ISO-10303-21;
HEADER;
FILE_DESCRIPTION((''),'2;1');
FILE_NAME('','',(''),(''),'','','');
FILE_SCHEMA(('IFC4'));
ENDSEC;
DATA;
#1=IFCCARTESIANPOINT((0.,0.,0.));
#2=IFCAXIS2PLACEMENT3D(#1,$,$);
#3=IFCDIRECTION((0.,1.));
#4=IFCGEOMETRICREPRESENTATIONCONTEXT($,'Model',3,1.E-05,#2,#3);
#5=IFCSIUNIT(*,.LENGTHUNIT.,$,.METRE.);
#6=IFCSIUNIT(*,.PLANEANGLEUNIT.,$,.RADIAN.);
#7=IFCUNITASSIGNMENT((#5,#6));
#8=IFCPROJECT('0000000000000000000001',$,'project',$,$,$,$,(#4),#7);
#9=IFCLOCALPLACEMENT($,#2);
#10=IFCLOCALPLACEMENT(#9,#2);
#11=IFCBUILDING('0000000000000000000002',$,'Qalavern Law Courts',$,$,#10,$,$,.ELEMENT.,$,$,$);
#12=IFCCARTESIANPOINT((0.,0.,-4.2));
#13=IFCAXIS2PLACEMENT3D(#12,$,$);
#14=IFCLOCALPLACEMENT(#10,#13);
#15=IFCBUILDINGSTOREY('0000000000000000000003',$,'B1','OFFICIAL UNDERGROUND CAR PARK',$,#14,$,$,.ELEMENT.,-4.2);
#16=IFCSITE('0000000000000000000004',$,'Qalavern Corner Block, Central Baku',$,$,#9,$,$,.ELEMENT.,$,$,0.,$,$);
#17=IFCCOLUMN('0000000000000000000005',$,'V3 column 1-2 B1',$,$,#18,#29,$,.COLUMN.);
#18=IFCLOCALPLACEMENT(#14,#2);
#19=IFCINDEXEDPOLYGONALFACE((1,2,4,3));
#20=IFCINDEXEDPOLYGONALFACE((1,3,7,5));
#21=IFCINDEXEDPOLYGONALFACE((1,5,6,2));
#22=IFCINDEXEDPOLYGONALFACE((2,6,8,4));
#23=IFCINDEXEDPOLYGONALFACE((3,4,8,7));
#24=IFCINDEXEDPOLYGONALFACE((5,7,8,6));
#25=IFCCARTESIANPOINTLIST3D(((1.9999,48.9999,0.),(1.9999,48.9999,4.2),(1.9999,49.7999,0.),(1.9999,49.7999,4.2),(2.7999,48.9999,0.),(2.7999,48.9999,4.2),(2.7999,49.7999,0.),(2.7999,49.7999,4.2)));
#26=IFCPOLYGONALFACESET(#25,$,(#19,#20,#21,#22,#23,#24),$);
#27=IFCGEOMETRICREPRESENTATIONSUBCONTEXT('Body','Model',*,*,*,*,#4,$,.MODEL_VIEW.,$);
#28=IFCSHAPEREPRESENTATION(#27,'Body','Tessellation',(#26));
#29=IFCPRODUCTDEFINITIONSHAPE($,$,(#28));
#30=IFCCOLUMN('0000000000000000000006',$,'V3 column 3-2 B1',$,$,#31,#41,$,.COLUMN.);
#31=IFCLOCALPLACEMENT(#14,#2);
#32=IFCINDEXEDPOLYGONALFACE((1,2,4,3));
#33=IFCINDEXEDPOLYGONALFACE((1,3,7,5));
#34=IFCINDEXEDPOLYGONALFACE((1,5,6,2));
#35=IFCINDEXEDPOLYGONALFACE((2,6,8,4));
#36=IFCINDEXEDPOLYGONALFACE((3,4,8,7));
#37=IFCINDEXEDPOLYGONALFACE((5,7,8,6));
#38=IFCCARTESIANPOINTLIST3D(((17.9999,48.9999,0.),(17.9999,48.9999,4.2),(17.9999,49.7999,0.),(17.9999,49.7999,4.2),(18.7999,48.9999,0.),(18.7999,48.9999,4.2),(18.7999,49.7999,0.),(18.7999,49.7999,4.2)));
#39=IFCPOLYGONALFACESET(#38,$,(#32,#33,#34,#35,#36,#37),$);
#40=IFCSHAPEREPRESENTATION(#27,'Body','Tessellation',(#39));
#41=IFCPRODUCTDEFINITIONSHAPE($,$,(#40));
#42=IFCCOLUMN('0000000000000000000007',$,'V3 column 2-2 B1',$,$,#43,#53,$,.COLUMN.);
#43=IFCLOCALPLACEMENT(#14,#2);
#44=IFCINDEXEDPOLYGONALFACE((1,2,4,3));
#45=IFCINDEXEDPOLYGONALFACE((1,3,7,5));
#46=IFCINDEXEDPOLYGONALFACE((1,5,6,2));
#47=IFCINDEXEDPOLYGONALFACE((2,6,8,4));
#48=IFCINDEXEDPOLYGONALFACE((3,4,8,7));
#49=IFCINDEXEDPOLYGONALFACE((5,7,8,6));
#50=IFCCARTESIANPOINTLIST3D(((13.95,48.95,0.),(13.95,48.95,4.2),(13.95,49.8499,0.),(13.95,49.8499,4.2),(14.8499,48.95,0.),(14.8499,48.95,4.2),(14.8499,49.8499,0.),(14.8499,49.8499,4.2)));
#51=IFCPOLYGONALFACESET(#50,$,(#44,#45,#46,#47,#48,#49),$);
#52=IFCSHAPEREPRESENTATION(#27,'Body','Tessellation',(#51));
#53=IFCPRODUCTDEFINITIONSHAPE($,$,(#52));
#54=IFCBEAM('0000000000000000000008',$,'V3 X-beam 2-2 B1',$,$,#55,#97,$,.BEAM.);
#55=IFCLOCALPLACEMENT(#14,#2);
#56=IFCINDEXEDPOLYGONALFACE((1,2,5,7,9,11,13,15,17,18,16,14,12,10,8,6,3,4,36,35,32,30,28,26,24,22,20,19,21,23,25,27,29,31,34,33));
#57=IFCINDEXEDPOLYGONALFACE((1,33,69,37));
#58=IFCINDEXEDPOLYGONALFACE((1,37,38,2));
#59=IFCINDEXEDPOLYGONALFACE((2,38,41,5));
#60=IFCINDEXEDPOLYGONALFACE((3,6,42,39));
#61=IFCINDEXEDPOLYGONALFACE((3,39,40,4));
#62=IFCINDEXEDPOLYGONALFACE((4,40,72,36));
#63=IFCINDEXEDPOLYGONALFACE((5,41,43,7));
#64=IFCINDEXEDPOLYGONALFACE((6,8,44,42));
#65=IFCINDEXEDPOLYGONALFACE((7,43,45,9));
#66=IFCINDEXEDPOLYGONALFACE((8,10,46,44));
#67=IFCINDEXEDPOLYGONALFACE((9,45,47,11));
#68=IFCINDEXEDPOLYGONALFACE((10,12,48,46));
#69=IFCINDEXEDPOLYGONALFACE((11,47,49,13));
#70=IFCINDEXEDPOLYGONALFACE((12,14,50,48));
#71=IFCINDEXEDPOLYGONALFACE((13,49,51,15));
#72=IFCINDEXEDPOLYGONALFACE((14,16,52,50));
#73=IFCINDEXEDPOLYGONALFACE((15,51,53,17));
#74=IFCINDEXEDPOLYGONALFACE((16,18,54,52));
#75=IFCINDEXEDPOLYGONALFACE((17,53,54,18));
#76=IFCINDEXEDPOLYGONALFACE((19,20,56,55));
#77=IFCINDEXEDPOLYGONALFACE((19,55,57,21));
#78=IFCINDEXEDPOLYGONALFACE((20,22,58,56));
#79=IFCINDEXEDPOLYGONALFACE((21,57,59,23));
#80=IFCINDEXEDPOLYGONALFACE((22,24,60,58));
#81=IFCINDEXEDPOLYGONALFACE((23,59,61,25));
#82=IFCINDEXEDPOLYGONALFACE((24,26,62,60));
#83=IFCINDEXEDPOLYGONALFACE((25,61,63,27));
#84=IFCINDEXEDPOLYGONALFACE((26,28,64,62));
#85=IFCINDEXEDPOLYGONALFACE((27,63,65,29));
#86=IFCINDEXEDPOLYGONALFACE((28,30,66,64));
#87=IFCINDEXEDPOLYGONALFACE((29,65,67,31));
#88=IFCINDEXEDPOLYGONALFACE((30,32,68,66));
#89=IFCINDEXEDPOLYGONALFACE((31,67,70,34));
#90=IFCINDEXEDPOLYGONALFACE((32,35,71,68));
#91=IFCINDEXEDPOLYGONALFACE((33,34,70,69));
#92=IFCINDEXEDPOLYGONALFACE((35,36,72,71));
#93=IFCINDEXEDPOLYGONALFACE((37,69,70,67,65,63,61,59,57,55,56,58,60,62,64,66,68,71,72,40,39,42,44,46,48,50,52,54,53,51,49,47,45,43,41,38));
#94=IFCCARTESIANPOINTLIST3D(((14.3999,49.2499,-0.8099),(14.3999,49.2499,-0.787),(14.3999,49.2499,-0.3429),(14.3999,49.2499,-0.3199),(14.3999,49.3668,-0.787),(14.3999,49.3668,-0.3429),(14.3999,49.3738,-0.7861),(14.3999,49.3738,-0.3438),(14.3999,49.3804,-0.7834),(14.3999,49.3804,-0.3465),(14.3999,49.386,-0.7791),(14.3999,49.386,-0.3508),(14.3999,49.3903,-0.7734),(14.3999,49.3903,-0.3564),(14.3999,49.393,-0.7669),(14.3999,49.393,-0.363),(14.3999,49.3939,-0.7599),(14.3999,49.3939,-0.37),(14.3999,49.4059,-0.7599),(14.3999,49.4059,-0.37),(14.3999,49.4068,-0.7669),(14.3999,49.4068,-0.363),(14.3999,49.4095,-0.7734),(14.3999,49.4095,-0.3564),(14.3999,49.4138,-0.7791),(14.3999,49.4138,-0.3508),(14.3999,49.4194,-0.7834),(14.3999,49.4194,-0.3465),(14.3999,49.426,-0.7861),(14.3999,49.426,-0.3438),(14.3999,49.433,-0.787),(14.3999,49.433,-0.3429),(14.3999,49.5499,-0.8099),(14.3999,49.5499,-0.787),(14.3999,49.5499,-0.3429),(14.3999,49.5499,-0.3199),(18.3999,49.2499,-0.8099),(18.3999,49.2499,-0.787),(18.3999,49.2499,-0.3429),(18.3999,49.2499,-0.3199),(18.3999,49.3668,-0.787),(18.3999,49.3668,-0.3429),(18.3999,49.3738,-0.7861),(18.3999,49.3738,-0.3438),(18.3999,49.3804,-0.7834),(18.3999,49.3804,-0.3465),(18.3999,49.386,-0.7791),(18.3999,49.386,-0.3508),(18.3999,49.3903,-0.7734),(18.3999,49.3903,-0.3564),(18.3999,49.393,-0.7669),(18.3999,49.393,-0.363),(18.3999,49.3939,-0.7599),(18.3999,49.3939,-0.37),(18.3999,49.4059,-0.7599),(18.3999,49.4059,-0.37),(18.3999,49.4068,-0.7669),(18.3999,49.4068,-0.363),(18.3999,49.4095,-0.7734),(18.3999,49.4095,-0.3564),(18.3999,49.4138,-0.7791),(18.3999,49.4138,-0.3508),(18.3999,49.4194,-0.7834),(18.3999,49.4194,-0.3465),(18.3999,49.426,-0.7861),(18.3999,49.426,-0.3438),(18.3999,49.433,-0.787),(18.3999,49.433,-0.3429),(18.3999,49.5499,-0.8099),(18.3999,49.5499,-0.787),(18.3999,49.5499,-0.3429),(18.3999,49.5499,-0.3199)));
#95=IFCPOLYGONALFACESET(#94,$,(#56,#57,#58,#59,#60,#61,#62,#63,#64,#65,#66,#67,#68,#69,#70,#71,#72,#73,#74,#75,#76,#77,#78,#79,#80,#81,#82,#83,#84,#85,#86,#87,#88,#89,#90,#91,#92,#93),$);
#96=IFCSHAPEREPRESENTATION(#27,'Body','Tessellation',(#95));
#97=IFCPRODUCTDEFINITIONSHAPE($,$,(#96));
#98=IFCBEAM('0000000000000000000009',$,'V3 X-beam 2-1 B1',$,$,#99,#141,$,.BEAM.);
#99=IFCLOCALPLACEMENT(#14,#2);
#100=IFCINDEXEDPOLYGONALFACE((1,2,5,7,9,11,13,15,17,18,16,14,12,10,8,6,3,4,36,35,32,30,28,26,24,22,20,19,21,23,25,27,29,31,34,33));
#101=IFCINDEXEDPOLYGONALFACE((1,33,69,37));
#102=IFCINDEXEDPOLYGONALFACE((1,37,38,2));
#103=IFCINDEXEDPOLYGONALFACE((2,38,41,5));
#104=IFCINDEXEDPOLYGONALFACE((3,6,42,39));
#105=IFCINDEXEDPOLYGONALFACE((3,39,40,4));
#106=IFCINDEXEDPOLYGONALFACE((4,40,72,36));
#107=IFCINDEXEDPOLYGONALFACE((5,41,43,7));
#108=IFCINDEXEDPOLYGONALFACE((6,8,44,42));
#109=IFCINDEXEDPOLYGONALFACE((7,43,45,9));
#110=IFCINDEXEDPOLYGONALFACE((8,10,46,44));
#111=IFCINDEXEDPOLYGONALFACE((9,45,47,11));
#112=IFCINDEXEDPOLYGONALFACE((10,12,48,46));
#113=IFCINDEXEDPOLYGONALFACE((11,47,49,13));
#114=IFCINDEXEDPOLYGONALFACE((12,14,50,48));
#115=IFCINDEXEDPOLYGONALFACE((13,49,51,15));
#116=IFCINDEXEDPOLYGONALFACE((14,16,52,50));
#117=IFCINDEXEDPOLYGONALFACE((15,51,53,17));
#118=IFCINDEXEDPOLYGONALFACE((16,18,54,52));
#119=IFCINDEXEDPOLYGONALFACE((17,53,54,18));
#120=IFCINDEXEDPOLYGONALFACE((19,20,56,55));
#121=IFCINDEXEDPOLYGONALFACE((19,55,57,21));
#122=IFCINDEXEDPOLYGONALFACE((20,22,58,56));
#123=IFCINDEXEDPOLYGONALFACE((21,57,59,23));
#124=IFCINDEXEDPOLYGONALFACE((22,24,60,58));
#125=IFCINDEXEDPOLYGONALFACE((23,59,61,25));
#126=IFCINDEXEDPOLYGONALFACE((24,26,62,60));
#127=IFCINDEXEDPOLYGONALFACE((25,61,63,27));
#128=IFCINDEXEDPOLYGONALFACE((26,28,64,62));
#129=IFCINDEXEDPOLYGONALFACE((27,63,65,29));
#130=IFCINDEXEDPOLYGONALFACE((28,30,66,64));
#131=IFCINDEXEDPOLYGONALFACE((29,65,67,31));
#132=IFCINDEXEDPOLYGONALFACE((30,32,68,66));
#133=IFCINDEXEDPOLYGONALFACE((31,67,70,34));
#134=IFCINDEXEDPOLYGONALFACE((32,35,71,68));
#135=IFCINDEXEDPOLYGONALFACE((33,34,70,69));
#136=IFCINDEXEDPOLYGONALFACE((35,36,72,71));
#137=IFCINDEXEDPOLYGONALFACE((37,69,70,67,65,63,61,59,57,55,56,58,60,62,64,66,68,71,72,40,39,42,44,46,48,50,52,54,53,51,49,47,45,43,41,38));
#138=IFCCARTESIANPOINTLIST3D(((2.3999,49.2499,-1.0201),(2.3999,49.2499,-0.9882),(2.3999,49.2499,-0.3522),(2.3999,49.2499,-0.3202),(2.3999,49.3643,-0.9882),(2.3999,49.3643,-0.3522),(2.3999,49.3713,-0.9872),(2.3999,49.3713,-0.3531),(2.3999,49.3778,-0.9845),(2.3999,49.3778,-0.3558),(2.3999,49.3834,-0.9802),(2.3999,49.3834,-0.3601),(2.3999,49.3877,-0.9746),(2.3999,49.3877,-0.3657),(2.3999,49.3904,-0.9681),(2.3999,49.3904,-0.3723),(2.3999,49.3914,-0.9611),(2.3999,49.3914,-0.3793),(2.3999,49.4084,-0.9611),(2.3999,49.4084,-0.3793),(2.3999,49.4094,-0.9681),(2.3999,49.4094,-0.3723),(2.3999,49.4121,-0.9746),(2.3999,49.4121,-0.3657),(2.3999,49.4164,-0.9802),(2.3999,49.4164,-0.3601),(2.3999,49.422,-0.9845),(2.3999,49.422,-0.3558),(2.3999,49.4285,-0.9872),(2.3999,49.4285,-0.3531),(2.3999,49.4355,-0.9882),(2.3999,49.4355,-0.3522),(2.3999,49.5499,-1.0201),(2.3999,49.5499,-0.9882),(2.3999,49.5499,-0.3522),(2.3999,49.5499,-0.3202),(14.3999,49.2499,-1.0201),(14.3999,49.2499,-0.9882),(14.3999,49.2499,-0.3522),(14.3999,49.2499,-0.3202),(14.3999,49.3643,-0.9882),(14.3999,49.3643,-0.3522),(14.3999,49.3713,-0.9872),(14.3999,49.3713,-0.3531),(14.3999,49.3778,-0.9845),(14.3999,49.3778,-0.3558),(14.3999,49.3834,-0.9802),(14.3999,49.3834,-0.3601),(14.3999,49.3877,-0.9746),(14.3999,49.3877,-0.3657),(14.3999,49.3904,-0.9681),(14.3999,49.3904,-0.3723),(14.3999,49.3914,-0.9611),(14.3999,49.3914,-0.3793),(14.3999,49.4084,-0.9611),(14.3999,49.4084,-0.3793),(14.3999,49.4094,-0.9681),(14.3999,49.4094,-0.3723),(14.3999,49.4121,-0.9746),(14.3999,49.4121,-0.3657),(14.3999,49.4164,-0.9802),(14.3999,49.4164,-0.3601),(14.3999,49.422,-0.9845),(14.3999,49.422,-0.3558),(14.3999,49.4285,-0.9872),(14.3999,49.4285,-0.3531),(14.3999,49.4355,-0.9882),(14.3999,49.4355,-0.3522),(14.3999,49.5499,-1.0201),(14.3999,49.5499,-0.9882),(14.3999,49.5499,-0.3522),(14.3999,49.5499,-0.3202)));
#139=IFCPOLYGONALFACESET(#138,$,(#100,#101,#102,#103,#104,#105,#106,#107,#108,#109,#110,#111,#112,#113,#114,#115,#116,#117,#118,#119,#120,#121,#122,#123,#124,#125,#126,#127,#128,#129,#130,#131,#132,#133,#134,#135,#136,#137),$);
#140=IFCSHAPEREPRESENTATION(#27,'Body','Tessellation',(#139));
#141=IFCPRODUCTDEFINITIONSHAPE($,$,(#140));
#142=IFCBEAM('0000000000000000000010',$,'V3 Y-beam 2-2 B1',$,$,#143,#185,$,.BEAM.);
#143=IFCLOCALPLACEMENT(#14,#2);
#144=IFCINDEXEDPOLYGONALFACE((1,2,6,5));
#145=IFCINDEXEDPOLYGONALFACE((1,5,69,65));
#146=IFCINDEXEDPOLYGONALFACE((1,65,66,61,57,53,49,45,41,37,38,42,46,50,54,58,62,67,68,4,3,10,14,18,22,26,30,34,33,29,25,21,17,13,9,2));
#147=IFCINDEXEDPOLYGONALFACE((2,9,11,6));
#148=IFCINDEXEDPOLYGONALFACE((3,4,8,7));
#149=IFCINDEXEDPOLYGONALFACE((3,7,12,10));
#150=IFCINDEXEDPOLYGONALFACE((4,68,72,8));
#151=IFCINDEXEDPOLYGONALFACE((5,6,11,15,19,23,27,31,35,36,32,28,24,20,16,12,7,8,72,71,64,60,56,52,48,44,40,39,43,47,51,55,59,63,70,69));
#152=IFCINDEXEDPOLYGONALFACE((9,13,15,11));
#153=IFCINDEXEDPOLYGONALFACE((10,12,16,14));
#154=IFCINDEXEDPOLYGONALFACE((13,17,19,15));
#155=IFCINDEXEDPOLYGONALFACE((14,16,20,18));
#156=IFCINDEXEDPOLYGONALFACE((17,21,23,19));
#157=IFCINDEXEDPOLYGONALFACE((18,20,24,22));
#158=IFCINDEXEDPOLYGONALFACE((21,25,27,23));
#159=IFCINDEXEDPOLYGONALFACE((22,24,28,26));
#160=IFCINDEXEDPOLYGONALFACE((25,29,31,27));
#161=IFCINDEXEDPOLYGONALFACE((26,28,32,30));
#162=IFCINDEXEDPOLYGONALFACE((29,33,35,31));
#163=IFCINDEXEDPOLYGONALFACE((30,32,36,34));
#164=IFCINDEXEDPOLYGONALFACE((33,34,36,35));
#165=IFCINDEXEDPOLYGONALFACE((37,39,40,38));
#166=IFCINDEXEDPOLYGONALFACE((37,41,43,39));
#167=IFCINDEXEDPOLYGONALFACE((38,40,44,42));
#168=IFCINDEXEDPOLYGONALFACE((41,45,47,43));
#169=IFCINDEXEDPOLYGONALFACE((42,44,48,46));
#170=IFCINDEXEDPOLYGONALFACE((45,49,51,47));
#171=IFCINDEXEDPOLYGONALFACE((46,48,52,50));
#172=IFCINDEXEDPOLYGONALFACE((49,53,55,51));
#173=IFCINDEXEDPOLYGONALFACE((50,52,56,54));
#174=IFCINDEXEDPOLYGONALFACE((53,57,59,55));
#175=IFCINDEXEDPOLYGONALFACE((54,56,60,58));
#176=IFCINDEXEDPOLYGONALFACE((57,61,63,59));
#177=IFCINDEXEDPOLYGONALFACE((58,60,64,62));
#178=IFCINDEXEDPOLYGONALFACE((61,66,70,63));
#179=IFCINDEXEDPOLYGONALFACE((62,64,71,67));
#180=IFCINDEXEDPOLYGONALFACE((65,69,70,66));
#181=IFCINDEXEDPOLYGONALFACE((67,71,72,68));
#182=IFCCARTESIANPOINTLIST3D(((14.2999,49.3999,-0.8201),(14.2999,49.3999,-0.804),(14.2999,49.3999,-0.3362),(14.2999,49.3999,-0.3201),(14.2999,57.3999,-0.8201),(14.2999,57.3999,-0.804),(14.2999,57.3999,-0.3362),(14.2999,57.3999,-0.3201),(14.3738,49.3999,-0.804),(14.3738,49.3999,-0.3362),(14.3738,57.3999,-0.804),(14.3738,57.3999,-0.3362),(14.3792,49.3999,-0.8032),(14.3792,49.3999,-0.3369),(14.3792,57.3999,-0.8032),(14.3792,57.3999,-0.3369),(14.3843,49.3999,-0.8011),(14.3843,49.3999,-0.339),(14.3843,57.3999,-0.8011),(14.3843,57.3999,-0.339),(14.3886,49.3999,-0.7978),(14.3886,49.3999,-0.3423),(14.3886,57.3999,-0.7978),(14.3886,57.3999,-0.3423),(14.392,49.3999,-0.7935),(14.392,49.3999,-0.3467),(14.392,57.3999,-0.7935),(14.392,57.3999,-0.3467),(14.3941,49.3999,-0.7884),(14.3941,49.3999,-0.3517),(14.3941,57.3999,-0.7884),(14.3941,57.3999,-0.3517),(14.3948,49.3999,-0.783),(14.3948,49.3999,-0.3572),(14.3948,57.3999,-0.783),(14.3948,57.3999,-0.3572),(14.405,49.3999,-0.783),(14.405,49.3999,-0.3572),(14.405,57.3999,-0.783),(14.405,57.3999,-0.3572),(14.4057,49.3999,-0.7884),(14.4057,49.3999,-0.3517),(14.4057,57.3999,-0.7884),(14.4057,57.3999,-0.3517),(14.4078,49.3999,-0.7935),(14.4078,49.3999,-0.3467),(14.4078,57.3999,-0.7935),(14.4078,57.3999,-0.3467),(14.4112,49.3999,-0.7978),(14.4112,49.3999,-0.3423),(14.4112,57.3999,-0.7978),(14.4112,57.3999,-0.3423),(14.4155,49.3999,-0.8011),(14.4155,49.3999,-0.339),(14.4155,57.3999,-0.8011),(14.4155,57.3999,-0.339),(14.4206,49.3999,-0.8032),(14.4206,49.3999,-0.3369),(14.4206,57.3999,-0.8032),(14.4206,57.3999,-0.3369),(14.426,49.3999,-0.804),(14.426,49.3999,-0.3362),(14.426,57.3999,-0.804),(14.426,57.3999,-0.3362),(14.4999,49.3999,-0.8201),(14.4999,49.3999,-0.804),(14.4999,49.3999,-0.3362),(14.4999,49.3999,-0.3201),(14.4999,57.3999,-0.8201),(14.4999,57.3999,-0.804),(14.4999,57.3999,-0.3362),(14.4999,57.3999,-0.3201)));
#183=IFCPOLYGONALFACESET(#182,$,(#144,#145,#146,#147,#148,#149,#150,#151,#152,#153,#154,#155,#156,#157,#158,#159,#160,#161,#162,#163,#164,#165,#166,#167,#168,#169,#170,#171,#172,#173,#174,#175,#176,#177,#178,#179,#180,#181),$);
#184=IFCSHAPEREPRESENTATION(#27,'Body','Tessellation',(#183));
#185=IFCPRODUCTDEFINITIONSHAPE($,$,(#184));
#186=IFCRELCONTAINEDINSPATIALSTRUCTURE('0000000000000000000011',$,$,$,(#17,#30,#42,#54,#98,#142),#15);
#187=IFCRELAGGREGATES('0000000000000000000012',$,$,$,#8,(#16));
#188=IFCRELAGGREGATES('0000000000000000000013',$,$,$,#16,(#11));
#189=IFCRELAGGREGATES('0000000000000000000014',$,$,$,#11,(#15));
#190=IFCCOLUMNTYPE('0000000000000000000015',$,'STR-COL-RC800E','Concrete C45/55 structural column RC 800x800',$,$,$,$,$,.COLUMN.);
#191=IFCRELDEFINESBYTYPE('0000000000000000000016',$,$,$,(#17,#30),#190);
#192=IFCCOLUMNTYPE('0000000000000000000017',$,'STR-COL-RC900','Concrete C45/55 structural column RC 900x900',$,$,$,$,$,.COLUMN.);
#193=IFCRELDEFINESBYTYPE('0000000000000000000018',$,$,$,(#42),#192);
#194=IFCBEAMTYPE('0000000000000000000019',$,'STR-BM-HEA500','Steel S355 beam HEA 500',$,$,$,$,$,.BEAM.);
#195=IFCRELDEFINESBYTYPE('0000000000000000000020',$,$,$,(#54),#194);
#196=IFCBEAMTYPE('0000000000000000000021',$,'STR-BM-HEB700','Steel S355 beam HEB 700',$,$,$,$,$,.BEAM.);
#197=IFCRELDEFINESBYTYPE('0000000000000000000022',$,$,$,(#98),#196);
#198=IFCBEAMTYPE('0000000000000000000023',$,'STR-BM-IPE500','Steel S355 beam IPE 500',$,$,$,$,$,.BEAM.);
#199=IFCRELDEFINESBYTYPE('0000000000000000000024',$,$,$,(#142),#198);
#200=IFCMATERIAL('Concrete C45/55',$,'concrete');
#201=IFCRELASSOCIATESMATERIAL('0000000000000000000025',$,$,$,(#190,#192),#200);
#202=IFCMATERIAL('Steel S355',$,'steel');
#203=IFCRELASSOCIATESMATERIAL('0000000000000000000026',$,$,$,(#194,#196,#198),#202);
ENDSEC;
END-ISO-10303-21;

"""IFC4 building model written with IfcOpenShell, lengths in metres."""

from ifc_helpers import new_model, si_unit, direction, frame, origin, origin_2d, place, context, subcontext, project, spatial, rectangle, i_section, extrude, material, material_profile, profile_set, type_object, element, save


model = new_model("IFC4")

# Units and contexts
model_context = context("Model", 3, precision=1e-05, world=origin(), true_north=direction((0.0, 1.0)))
body_context = subcontext(model_context, "Body", "Model", "MODEL_VIEW")
ifc_project = project(units=[si_unit("LENGTHUNIT", "METRE"), si_unit("PLANEANGLEUNIT", "RADIAN")], contexts=[model_context])

# Site, building, storey
site_placement = place(None, origin())
site = spatial("IfcSite", under=ifc_project, at=site_placement, Name="Qalavern Corner Block, Central Baku", CompositionType="ELEMENT", RefElevation=0.0)
building_placement = place(site_placement, origin())
building = spatial("IfcBuilding", under=site, at=building_placement, Name="Qalavern Law Courts", CompositionType="ELEMENT")
storey_placement = place(building_placement, frame((0.0, 0.0, -4.2)))
storey = spatial("IfcBuildingStorey", under=building, at=storey_placement, Name="B1", Description="OFFICIAL UNDERGROUND CAR PARK", CompositionType="ELEMENT", Elevation=-4.2)

# Columns
ifc_material_1 = material(Name="Concrete C45/55", Category="concrete")
ifc_material_profile_1 = material_profile(ifc_material_1, rectangle(XDim=0.8, YDim=0.8, at=origin_2d()), Name="RC 800x800")
ifc_profile_set_1 = profile_set([ifc_material_profile_1], Name="Concrete C45/55")
column_type_1 = type_object("IfcColumnType", Name="STR-COL-RC800E", Description="Concrete C45/55 structural column RC 800x800", PredefinedType="COLUMN", material=ifc_profile_set_1)
for number, where, z_axis, x_axis, name in (
    (1, (2.3999, 49.3999, 0.0), (0.0, 0.0, 1.0), (1.0, 0.0, 0.0), "V3 column 1-2 B1"),
    (2, (18.3999, 49.3999, 0.0), (0.0, 0.0, 1.0), (1.0, 0.0, 0.0), "V3 column 3-2 B1"),
):
    element("IfcColumn", number, at=place(storey_placement, frame(where, z_axis=z_axis, x_axis=x_axis)), inside=storey, type_object=column_type_1, Name=name, PredefinedType="COLUMN", context=body_context, shape_type="SweptSolid", body=[
        extrude(rectangle(XDim=0.8, YDim=0.8, at=origin_2d()), origin(), (0.0, 0.0, 1.0), 4.2),
    ])
ifc_material_profile_2 = material_profile(ifc_material_1, rectangle(XDim=0.8999, YDim=0.8999, at=origin_2d()), Name="RC 900x900")
ifc_profile_set_2 = profile_set([ifc_material_profile_2], Name="Concrete C45/55")
column_type_2 = type_object("IfcColumnType", Name="STR-COL-RC900", Description="Concrete C45/55 structural column RC 900x900", PredefinedType="COLUMN", material=ifc_profile_set_2)
column_placement = place(storey_placement, frame((14.3999, 49.3999, 0.0), z_axis=(0.0, 0.0, 1.0), x_axis=(1.0, 0.0, 0.0)))
element("IfcColumn", 3, at=column_placement, inside=storey, type_object=column_type_2, Name="V3 column 2-2 B1", PredefinedType="COLUMN", context=body_context, shape_type="SweptSolid", body=[
    extrude(rectangle(XDim=0.8999, YDim=0.8999, at=origin_2d()), origin(), (0.0, 0.0, 1.0), 4.2),
])

# Beams
ifc_material_2 = material(Name="Steel S355", Category="steel")
ifc_material_profile_3 = material_profile(ifc_material_2, i_section(OverallWidth=0.3, OverallDepth=0.49, WebThickness=0.012, FlangeThickness=0.0229, FilletRadius=0.0271, at=origin_2d()), Name="HEA 500")
ifc_profile_set_3 = profile_set([ifc_material_profile_3], Name="Steel S355")
beam_type_1 = type_object("IfcBeamType", Name="STR-BM-HEA500", Description="Steel S355 beam HEA 500", PredefinedType="BEAM", material=ifc_profile_set_3)
beam_1_placement = place(storey_placement, frame((14.3999, 49.3999, -0.5649), z_axis=(1.0, 0.0, 0.0), x_axis=(0.0, 1.0, 0.0)))
element("IfcBeam", 4, at=beam_1_placement, inside=storey, type_object=beam_type_1, Name="V3 X-beam 2-2 B1", PredefinedType="BEAM", context=body_context, shape_type="SweptSolid", body=[
    extrude(i_section(OverallWidth=0.3, OverallDepth=0.49, WebThickness=0.012, FlangeThickness=0.0229, FilletRadius=0.0271, at=origin_2d()), origin(), (0.0, 0.0, 1.0), 4.0),
])
ifc_material_profile_4 = material_profile(ifc_material_2, i_section(OverallWidth=0.3, OverallDepth=0.7, WebThickness=0.0171, FlangeThickness=0.032, FilletRadius=0.0271, at=origin_2d()), Name="HEB 700")
ifc_profile_set_4 = profile_set([ifc_material_profile_4], Name="Steel S355")
beam_type_2 = type_object("IfcBeamType", Name="STR-BM-HEB700", Description="Steel S355 beam HEB 700", PredefinedType="BEAM", material=ifc_profile_set_4)
beam_2_placement = place(storey_placement, frame((2.3999, 49.3999, -0.6702), z_axis=(1.0, 0.0, 0.0), x_axis=(0.0, 1.0, 0.0)))
element("IfcBeam", 5, at=beam_2_placement, inside=storey, type_object=beam_type_2, Name="V3 X-beam 2-1 B1", PredefinedType="BEAM", context=body_context, shape_type="SweptSolid", body=[
    extrude(i_section(OverallWidth=0.3, OverallDepth=0.7, WebThickness=0.0171, FlangeThickness=0.032, FilletRadius=0.0271, at=origin_2d()), origin(), (0.0, 0.0, 1.0), 12.0),
])
ifc_material_profile_5 = material_profile(ifc_material_2, i_section(OverallWidth=0.2, OverallDepth=0.5, WebThickness=0.0103, FlangeThickness=0.0161, FilletRadius=0.021, at=origin_2d()), Name="IPE 500")
ifc_profile_set_5 = profile_set([ifc_material_profile_5], Name="Steel S355")
beam_type_3 = type_object("IfcBeamType", Name="STR-BM-IPE500", Description="Steel S355 beam IPE 500", PredefinedType="BEAM", material=ifc_profile_set_5)
beam_3_placement = place(storey_placement, frame((14.3999, 49.3999, -0.5701), z_axis=(0.0, 1.0, 0.0), x_axis=(-1.0, 0.0, 0.0)))
element("IfcBeam", 6, at=beam_3_placement, inside=storey, type_object=beam_type_3, Name="V3 Y-beam 2-2 B1", PredefinedType="BEAM", context=body_context, shape_type="SweptSolid", body=[
    extrude(i_section(OverallWidth=0.2, OverallDepth=0.5, WebThickness=0.0103, FlangeThickness=0.0161, FilletRadius=0.021, at=origin_2d()), origin(), (0.0, 0.0, 1.0), 8.0),
])

save(model, "model.ifc")
